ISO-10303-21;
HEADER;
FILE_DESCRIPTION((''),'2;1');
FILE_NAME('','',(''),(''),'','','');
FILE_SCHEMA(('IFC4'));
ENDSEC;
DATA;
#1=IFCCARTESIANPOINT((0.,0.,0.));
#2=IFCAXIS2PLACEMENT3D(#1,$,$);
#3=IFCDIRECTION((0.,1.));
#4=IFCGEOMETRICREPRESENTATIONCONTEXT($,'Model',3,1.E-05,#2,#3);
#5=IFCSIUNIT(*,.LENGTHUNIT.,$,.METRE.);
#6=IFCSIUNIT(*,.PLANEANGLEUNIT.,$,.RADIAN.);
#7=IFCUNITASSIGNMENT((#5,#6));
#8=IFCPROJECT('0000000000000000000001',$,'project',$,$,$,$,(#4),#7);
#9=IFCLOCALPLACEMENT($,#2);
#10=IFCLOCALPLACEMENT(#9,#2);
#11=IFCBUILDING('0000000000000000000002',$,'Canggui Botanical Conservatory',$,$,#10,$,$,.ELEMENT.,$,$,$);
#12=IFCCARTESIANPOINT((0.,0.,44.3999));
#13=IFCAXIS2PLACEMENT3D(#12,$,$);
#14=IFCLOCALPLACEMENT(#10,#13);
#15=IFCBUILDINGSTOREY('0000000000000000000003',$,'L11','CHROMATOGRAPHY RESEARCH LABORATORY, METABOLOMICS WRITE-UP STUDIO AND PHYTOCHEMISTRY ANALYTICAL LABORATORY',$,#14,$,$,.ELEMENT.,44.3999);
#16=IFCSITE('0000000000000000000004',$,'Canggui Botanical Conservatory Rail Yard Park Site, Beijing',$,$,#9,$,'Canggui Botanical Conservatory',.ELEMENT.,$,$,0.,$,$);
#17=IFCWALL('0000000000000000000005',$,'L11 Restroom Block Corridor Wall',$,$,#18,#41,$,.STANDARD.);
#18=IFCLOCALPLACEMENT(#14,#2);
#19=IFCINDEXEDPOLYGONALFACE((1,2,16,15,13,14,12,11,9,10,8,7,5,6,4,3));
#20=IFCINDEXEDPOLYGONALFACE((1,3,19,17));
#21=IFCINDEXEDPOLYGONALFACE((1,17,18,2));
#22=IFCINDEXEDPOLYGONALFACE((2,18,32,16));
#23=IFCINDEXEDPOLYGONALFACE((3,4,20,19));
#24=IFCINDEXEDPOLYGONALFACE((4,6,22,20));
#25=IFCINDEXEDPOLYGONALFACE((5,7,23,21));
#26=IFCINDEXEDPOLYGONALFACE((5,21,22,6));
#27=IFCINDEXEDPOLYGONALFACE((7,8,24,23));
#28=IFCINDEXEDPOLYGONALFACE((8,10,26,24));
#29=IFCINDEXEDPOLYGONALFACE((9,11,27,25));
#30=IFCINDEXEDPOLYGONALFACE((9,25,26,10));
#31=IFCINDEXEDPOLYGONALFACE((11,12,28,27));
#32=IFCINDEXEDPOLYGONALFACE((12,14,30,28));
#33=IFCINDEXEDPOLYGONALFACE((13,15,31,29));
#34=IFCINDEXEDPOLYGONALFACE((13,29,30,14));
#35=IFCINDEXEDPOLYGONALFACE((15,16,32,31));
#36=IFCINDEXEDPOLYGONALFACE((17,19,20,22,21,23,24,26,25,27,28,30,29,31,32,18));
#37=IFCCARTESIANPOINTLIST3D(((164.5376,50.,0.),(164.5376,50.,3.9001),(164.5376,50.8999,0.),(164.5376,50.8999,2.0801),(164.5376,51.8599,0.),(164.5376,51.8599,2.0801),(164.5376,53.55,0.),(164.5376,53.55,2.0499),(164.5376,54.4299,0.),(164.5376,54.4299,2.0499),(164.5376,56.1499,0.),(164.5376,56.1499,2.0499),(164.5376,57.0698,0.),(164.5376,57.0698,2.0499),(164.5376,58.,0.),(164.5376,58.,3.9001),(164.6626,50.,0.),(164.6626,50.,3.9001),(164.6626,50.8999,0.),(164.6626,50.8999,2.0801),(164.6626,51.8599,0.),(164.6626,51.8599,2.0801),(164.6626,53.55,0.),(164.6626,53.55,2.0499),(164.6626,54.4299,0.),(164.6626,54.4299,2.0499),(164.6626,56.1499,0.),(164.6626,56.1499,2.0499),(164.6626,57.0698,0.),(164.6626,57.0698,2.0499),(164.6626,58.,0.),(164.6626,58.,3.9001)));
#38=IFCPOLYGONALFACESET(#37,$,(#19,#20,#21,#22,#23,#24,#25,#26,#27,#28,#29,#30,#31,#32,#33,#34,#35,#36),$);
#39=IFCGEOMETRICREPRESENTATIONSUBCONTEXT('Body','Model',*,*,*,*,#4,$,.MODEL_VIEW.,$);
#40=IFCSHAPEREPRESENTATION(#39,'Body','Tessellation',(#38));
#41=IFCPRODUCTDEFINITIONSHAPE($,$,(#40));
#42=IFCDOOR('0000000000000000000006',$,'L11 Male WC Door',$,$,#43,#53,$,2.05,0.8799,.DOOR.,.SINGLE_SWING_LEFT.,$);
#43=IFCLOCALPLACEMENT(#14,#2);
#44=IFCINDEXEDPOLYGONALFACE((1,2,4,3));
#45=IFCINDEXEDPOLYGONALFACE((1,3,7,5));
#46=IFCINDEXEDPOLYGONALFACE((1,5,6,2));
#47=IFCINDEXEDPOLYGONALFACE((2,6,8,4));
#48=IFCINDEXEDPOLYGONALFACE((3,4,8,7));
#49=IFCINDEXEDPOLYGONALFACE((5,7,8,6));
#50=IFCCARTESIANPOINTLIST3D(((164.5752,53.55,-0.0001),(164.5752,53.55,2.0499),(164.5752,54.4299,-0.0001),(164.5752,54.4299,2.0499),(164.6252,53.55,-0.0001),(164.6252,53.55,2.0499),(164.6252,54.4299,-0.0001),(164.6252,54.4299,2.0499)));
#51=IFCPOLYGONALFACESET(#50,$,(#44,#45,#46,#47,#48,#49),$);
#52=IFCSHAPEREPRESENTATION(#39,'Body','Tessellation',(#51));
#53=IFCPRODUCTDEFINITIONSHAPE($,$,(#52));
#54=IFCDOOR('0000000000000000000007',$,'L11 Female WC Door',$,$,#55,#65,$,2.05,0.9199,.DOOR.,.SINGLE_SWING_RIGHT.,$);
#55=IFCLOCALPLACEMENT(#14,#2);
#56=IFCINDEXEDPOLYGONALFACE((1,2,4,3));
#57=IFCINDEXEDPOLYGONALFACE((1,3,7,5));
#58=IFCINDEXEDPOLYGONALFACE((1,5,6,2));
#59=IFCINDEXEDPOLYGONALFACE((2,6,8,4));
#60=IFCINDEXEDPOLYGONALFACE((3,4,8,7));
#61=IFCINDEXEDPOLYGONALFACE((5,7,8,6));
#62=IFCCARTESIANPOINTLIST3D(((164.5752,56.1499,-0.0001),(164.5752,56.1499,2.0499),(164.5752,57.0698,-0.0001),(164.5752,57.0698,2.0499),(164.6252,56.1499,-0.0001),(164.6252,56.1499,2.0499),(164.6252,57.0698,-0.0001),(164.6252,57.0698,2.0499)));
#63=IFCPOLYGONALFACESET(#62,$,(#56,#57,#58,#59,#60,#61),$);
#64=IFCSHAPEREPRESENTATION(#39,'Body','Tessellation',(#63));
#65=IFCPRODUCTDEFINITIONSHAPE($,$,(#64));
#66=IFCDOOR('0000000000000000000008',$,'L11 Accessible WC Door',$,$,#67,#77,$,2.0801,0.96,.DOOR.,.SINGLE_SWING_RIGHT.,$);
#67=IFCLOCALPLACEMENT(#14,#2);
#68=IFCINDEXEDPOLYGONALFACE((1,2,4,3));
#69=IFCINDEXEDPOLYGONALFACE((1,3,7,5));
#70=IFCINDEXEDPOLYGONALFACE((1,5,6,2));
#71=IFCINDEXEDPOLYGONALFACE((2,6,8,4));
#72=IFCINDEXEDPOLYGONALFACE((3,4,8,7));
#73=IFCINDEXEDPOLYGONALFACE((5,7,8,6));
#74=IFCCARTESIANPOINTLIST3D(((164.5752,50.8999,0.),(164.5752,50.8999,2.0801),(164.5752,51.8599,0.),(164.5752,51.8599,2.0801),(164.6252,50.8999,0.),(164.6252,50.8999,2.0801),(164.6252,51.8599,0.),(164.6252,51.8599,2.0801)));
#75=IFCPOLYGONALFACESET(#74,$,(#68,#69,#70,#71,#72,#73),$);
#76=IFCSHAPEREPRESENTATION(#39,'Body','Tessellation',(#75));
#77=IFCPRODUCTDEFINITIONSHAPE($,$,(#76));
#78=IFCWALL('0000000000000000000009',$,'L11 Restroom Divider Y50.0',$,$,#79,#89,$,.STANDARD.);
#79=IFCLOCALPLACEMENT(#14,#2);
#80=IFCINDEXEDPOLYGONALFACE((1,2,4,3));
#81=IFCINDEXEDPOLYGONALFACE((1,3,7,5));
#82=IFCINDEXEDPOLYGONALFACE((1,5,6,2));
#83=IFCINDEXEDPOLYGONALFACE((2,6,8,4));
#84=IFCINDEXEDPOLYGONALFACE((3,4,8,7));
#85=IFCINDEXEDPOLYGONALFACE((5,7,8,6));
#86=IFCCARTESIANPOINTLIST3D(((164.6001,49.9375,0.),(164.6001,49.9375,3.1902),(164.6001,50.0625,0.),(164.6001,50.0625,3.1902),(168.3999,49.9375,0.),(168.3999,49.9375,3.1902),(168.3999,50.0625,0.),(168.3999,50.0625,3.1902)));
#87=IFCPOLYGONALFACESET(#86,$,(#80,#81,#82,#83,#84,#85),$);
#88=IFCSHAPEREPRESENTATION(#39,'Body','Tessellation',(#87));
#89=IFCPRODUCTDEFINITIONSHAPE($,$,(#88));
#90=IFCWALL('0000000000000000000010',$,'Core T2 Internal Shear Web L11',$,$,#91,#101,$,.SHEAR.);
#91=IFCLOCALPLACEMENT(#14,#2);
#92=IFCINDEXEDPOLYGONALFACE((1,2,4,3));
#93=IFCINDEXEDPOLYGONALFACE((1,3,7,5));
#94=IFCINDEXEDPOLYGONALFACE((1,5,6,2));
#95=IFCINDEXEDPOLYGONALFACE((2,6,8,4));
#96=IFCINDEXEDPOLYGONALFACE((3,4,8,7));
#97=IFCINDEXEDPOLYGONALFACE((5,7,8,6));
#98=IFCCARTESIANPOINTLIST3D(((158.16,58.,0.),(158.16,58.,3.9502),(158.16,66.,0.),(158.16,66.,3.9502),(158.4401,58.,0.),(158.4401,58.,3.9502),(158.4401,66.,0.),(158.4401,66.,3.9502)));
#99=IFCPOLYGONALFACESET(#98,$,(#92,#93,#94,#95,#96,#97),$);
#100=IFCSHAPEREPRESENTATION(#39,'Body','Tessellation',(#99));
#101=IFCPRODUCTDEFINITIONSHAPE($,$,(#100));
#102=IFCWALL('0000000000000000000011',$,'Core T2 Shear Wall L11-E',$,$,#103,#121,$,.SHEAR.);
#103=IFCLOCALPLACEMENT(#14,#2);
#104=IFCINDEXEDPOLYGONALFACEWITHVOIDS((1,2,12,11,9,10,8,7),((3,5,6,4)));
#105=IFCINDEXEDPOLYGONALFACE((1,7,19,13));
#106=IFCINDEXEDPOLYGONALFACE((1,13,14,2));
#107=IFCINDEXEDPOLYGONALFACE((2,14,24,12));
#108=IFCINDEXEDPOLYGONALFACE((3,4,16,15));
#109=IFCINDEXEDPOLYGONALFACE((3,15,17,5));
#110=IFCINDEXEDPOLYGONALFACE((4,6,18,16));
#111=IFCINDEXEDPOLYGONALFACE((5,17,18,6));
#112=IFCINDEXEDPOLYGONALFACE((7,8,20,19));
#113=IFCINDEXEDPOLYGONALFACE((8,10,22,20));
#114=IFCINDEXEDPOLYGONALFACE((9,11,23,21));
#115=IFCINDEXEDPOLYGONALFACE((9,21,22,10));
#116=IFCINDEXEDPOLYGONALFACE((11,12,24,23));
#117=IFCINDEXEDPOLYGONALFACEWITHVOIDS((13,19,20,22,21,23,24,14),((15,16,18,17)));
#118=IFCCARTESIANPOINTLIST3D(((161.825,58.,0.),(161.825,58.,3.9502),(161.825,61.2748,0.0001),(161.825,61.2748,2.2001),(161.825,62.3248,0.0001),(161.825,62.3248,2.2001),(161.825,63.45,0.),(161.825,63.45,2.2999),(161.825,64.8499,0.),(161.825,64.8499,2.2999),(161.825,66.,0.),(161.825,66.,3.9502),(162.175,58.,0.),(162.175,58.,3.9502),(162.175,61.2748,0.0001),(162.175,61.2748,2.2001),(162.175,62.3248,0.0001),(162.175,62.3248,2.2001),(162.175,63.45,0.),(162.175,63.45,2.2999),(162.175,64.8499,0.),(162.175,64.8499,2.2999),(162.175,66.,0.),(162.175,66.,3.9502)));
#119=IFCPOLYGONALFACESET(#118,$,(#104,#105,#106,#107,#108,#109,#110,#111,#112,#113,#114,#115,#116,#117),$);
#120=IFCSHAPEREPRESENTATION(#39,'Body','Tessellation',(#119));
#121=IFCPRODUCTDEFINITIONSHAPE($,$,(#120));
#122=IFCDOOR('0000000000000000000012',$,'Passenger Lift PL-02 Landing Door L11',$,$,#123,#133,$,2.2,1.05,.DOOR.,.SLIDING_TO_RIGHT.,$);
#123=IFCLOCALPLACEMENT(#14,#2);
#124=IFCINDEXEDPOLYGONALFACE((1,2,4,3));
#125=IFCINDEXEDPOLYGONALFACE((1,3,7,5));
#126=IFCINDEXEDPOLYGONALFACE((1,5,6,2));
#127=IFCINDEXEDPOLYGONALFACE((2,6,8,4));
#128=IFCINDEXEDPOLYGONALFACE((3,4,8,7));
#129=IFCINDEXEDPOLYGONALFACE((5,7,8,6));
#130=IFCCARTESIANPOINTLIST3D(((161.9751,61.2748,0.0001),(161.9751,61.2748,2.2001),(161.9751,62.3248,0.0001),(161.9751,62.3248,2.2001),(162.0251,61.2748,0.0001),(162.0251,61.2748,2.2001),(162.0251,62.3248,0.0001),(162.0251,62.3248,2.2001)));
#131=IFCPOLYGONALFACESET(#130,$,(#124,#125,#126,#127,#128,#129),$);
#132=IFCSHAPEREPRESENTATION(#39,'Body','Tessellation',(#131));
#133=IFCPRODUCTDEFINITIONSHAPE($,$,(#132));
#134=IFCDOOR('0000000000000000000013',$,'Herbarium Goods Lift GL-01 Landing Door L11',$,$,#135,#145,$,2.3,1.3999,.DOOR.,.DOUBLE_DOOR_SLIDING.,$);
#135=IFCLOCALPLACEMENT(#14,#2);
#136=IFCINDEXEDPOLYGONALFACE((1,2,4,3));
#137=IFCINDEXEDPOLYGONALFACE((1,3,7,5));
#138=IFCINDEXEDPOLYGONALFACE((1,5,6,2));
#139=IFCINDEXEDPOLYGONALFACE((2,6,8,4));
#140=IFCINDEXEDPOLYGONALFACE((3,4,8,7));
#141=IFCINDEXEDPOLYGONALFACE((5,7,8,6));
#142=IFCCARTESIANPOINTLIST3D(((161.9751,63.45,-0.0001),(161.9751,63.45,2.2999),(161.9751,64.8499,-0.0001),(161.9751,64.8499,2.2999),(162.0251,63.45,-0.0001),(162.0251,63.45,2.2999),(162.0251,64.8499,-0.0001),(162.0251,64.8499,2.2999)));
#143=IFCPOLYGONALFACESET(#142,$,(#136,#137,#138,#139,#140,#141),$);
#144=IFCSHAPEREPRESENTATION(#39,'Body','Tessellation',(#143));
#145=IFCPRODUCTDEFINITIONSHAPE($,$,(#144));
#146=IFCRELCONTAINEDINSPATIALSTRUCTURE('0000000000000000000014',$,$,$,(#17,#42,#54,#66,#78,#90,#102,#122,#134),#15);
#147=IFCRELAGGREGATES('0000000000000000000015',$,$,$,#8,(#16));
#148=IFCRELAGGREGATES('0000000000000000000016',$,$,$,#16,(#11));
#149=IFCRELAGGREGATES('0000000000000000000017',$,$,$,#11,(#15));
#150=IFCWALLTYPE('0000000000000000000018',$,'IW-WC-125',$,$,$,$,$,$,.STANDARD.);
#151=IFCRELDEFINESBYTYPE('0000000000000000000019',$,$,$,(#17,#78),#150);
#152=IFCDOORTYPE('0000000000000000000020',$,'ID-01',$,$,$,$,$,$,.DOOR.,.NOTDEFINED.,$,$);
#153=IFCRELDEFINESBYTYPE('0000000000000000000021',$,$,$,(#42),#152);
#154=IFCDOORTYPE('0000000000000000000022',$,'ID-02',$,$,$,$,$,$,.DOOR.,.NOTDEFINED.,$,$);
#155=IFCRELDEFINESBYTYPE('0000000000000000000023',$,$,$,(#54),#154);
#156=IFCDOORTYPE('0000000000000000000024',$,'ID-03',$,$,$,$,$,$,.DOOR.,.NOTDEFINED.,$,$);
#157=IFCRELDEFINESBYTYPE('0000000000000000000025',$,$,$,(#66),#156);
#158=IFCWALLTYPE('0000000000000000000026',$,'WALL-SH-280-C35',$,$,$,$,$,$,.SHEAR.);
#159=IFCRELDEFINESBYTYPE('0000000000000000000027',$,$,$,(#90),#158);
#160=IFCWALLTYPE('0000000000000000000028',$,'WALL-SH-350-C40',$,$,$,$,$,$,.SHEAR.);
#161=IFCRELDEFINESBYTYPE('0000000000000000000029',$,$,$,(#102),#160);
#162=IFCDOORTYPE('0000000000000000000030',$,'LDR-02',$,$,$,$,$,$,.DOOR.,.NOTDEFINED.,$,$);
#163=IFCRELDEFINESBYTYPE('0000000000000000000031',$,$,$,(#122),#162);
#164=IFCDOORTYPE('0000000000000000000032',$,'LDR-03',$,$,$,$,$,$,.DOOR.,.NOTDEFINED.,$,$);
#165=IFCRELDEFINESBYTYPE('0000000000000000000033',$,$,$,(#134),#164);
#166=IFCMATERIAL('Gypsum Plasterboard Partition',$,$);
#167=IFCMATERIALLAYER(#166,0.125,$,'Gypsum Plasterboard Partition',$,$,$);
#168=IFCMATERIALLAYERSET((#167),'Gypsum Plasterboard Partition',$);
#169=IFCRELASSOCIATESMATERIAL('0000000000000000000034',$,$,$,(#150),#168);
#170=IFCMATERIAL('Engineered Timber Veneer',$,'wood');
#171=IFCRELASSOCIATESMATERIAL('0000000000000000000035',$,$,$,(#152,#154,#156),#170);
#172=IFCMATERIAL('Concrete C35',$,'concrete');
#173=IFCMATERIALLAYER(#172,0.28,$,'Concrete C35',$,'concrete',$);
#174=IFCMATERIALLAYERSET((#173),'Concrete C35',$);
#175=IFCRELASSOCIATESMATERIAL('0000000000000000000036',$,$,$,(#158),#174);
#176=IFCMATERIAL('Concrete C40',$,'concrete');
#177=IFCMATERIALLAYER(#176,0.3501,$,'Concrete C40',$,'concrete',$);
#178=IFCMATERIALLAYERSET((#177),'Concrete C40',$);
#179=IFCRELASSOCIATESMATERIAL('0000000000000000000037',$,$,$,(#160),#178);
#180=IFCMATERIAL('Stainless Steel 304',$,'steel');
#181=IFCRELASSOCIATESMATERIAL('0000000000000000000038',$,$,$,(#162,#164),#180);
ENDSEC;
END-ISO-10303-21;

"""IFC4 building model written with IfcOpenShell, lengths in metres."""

from ifc_helpers import new_model, si_unit, direction, frame, frame_2d, origin, place, context, subcontext, project, spatial, rectangle, extrude, material, layer, layer_set, type_object, element, fill, save


model = new_model("IFC4")

# Units and contexts
model_context = context("Model", 3, precision=1e-05, world=origin(), true_north=direction((0.0, 1.0)))
body_context = subcontext(model_context, "Body", "Model", "MODEL_VIEW")
ifc_project = project(units=[si_unit("LENGTHUNIT", "METRE"), si_unit("PLANEANGLEUNIT", "RADIAN")], contexts=[model_context])

# Site, building, storey
site_placement = place(None, origin())
site = spatial("IfcSite", under=ifc_project, at=site_placement, Name="Canggui Botanical Conservatory Rail Yard Park Site, Beijing", LongName="Canggui Botanical Conservatory", CompositionType="ELEMENT", RefElevation=0.0)
building_placement = place(site_placement, origin())
building = spatial("IfcBuilding", under=site, at=building_placement, Name="Canggui Botanical Conservatory", CompositionType="ELEMENT")
storey_placement = place(building_placement, frame((0.0, 0.0, 44.3999)))
storey = spatial("IfcBuildingStorey", under=building, at=storey_placement, Name="L11", Description="CHROMATOGRAPHY RESEARCH LABORATORY, METABOLOMICS WRITE-UP STUDIO AND PHYTOCHEMISTRY ANALYTICAL LABORATORY", CompositionType="ELEMENT", Elevation=44.3999)

# Shared definitions
ifc_material_1 = material(Name="Concrete C40", Category="concrete")

# Shared definitions
ifc_material_2 = material(Name="Concrete C35", Category="concrete")

# Wall, openings, doors
ifc_material_3 = material(Name="Gypsum Plasterboard Partition")
ifc_layer_1 = layer(ifc_material_3, 0.125, Name="Gypsum Plasterboard Partition")
ifc_layer_set_1 = layer_set([ifc_layer_1], Name="Gypsum Plasterboard Partition")
wall_type_1 = type_object("IfcWallType", Name="IW-WC-125", PredefinedType="STANDARD", material=ifc_layer_set_1)
wall_1_placement = place(storey_placement, frame((164.6001, 50.0, 0.0), z_axis=(0.0, 0.0, 1.0), x_axis=(0.0, 1.0, 0.0)))
wall_1 = element("IfcWall", 1, at=wall_1_placement, inside=storey, type_object=wall_type_1, Name="L11 Restroom Block Corridor Wall", PredefinedType="STANDARD", context=body_context, shape_type="SweptSolid", body=[
    extrude(rectangle(XDim=8.0, YDim=0.125, at=frame_2d((4.0, 0.0))), origin(), (0.0, 0.0, 1.0), 3.9001),
])
opening_1_placement = place(wall_1_placement, frame((0.8999, 0.0, 0.0)))
opening_1 = element("IfcOpeningElement", 2, at=opening_1_placement, cuts=wall_1, PredefinedType="OPENING", context=body_context, shape_type="SweptSolid", body=[
    extrude(rectangle(XDim=0.96, YDim=2.0801, at=frame_2d((0.48, 1.04))), frame((0.0, 0.0725, 0.0), z_axis=(0.0, -1.0, 0.0), x_axis=(1.0, 0.0, 0.0)), (0.0, 0.0, 1.0), 0.145),
])
opening_2_placement = place(wall_1_placement, frame((3.55, 0.0, 0.0)))
opening_2 = element("IfcOpeningElement", 3, at=opening_2_placement, cuts=wall_1, PredefinedType="OPENING", context=body_context, shape_type="SweptSolid", body=[
    extrude(rectangle(XDim=0.8799, YDim=2.05, at=frame_2d((0.4399, 1.0249))), frame((0.0, 0.0725, 0.0), z_axis=(0.0, -1.0, 0.0), x_axis=(1.0, 0.0, 0.0)), (0.0, 0.0, 1.0), 0.145),
])
opening_3_placement = place(wall_1_placement, frame((6.1499, 0.0, 0.0)))
opening_3 = element("IfcOpeningElement", 4, at=opening_3_placement, cuts=wall_1, PredefinedType="OPENING", context=body_context, shape_type="SweptSolid", body=[
    extrude(rectangle(XDim=0.9199, YDim=2.05, at=frame_2d((0.46, 1.0249))), frame((0.0, 0.0725, 0.0), z_axis=(0.0, -1.0, 0.0), x_axis=(1.0, 0.0, 0.0)), (0.0, 0.0, 1.0), 0.145),
])
ifc_material_4 = material(Name="Engineered Timber Veneer", Category="wood")
door_type_1 = type_object("IfcDoorType", Name="ID-01", OperationType="NOTDEFINED", PredefinedType="DOOR", material=ifc_material_4)
door_1_placement = place(opening_2_placement, origin())
door_1 = element("IfcDoor", 5, at=door_1_placement, inside=storey, type_object=door_type_1, Name="L11 Male WC Door", OperationType="SINGLE_SWING_LEFT", OverallHeight=2.05, OverallWidth=0.8799, PredefinedType="DOOR", context=body_context, shape_type="SweptSolid", body=[
    extrude(rectangle(XDim=0.8799, YDim=2.05, at=frame_2d((0.4399, 1.0249))), frame((0.0, 0.0249, 0.0), z_axis=(0.0, -1.0, 0.0), x_axis=(1.0, 0.0, 0.0)), (0.0, 0.0, 1.0), 0.05),
])
fill(opening_2, door_1)
door_type_2 = type_object("IfcDoorType", Name="ID-02", OperationType="NOTDEFINED", PredefinedType="DOOR", material=ifc_material_4)
door_2_placement = place(opening_3_placement, origin())
door_2 = element("IfcDoor", 6, at=door_2_placement, inside=storey, type_object=door_type_2, Name="L11 Female WC Door", OperationType="SINGLE_SWING_RIGHT", OverallHeight=2.05, OverallWidth=0.9199, PredefinedType="DOOR", context=body_context, shape_type="SweptSolid", body=[
    extrude(rectangle(XDim=0.9199, YDim=2.05, at=frame_2d((0.46, 1.0249))), frame((0.0, 0.0249, 0.0), z_axis=(0.0, -1.0, 0.0), x_axis=(1.0, 0.0, 0.0)), (0.0, 0.0, 1.0), 0.05),
])
fill(opening_3, door_2)
door_type_3 = type_object("IfcDoorType", Name="ID-03", OperationType="NOTDEFINED", PredefinedType="DOOR", material=ifc_material_4)
door_3_placement = place(opening_1_placement, origin())
door_3 = element("IfcDoor", 7, at=door_3_placement, inside=storey, type_object=door_type_3, Name="L11 Accessible WC Door", OperationType="SINGLE_SWING_RIGHT", OverallHeight=2.0801, OverallWidth=0.96, PredefinedType="DOOR", context=body_context, shape_type="SweptSolid", body=[
    extrude(rectangle(XDim=0.96, YDim=2.0801, at=frame_2d((0.48, 1.04))), frame((0.0, 0.0249, 0.0), z_axis=(0.0, -1.0, 0.0), x_axis=(1.0, 0.0, 0.0)), (0.0, 0.0, 1.0), 0.05),
])
fill(opening_1, door_3)

# Walls
wall_2_placement = place(storey_placement, frame((164.6001, 50.0, 0.0), z_axis=(0.0, 0.0, 1.0), x_axis=(1.0, 0.0, 0.0)))
element("IfcWall", 8, at=wall_2_placement, inside=storey, type_object=wall_type_1, Name="L11 Restroom Divider Y50.0", PredefinedType="STANDARD", context=body_context, shape_type="SweptSolid", body=[
    extrude(rectangle(XDim=3.7998, YDim=0.125, at=frame_2d((1.8999, 0.0))), origin(), (0.0, 0.0, 1.0), 3.1902),
])
ifc_layer_2 = layer(ifc_material_2, 0.28, Name="Concrete C35", Category="concrete")
ifc_layer_set_2 = layer_set([ifc_layer_2], Name="Concrete C35")
wall_type_2 = type_object("IfcWallType", Name="WALL-SH-280-C35", PredefinedType="SHEAR", material=ifc_layer_set_2)
wall_3_placement = place(storey_placement, frame((158.3, 58.0, 0.0), z_axis=(0.0, 0.0, 1.0), x_axis=(0.0, 1.0, 0.0)))
element("IfcWall", 9, at=wall_3_placement, inside=storey, type_object=wall_type_2, Name="Core T2 Internal Shear Web L11", PredefinedType="SHEAR", context=body_context, shape_type="SweptSolid", body=[
    extrude(rectangle(XDim=8.0, YDim=0.28, at=frame_2d((4.0, 0.0))), origin(), (0.0, 0.0, 1.0), 3.9502),
])

# Wall, openings, doors
ifc_layer_3 = layer(ifc_material_1, 0.3501, Name="Concrete C40", Category="concrete")
ifc_layer_set_3 = layer_set([ifc_layer_3], Name="Concrete C40")
wall_type_3 = type_object("IfcWallType", Name="WALL-SH-350-C40", PredefinedType="SHEAR", material=ifc_layer_set_3)
ifc_material_5 = material(Name="Stainless Steel 304", Category="steel")
wall_4_placement = place(storey_placement, frame((162.0, 58.0, 0.0), z_axis=(0.0, 0.0, 1.0), x_axis=(0.0, 1.0, 0.0)))
wall_4 = element("IfcWall", 10, at=wall_4_placement, inside=storey, type_object=wall_type_3, Name="Core T2 Shear Wall L11-E", PredefinedType="SHEAR", context=body_context, shape_type="SweptSolid", body=[
    extrude(rectangle(XDim=8.0, YDim=0.3501, at=frame_2d((4.0, 0.0))), origin(), (0.0, 0.0, 1.0), 3.9502),
])
opening_4_placement = place(wall_4_placement, frame((3.2749, 0.0, 0.0)))
opening_4 = element("IfcOpeningElement", 11, at=opening_4_placement, cuts=wall_4, PredefinedType="OPENING", context=body_context, shape_type="SweptSolid", body=[
    extrude(rectangle(XDim=1.05, YDim=2.2, at=frame_2d((0.5249, 1.1001))), frame((0.0, 0.1851, 0.0), z_axis=(0.0, -1.0, 0.0), x_axis=(1.0, 0.0, 0.0)), (0.0, 0.0, 1.0), 0.3701),
])
opening_5_placement = place(wall_4_placement, frame((5.45, 0.0, 0.0)))
opening_5 = element("IfcOpeningElement", 12, at=opening_5_placement, cuts=wall_4, PredefinedType="OPENING", context=body_context, shape_type="SweptSolid", body=[
    extrude(rectangle(XDim=1.3999, YDim=2.3, at=frame_2d((0.7, 1.1499))), frame((0.0, 0.1851, 0.0), z_axis=(0.0, -1.0, 0.0), x_axis=(1.0, 0.0, 0.0)), (0.0, 0.0, 1.0), 0.3701),
])
door_type_4 = type_object("IfcDoorType", Name="LDR-02", OperationType="NOTDEFINED", PredefinedType="DOOR", material=ifc_material_5)
door_4_placement = place(opening_4_placement, origin())
door_4 = element("IfcDoor", 13, at=door_4_placement, inside=storey, type_object=door_type_4, Name="Passenger Lift PL-02 Landing Door L11", OperationType="SLIDING_TO_RIGHT", OverallHeight=2.2, OverallWidth=1.05, PredefinedType="DOOR", context=body_context, shape_type="SweptSolid", body=[
    extrude(rectangle(XDim=1.05, YDim=2.2, at=frame_2d((0.5249, 1.1001))), frame((0.0, 0.0249, 0.0), z_axis=(0.0, -1.0, 0.0), x_axis=(1.0, 0.0, 0.0)), (0.0, 0.0, 1.0), 0.05),
])
fill(opening_4, door_4)
door_type_5 = type_object("IfcDoorType", Name="LDR-03", OperationType="NOTDEFINED", PredefinedType="DOOR", material=ifc_material_5)
door_5_placement = place(opening_5_placement, origin())
door_5 = element("IfcDoor", 14, at=door_5_placement, inside=storey, type_object=door_type_5, Name="Herbarium Goods Lift GL-01 Landing Door L11", OperationType="DOUBLE_DOOR_SLIDING", OverallHeight=2.3, OverallWidth=1.3999, PredefinedType="DOOR", context=body_context, shape_type="SweptSolid", body=[
    extrude(rectangle(XDim=1.3999, YDim=2.3, at=frame_2d((0.7, 1.1499))), frame((0.0, 0.0249, 0.0), z_axis=(0.0, -1.0, 0.0), x_axis=(1.0, 0.0, 0.0)), (0.0, 0.0, 1.0), 0.05),
])
fill(opening_5, door_5)

save(model, "model.ifc")
